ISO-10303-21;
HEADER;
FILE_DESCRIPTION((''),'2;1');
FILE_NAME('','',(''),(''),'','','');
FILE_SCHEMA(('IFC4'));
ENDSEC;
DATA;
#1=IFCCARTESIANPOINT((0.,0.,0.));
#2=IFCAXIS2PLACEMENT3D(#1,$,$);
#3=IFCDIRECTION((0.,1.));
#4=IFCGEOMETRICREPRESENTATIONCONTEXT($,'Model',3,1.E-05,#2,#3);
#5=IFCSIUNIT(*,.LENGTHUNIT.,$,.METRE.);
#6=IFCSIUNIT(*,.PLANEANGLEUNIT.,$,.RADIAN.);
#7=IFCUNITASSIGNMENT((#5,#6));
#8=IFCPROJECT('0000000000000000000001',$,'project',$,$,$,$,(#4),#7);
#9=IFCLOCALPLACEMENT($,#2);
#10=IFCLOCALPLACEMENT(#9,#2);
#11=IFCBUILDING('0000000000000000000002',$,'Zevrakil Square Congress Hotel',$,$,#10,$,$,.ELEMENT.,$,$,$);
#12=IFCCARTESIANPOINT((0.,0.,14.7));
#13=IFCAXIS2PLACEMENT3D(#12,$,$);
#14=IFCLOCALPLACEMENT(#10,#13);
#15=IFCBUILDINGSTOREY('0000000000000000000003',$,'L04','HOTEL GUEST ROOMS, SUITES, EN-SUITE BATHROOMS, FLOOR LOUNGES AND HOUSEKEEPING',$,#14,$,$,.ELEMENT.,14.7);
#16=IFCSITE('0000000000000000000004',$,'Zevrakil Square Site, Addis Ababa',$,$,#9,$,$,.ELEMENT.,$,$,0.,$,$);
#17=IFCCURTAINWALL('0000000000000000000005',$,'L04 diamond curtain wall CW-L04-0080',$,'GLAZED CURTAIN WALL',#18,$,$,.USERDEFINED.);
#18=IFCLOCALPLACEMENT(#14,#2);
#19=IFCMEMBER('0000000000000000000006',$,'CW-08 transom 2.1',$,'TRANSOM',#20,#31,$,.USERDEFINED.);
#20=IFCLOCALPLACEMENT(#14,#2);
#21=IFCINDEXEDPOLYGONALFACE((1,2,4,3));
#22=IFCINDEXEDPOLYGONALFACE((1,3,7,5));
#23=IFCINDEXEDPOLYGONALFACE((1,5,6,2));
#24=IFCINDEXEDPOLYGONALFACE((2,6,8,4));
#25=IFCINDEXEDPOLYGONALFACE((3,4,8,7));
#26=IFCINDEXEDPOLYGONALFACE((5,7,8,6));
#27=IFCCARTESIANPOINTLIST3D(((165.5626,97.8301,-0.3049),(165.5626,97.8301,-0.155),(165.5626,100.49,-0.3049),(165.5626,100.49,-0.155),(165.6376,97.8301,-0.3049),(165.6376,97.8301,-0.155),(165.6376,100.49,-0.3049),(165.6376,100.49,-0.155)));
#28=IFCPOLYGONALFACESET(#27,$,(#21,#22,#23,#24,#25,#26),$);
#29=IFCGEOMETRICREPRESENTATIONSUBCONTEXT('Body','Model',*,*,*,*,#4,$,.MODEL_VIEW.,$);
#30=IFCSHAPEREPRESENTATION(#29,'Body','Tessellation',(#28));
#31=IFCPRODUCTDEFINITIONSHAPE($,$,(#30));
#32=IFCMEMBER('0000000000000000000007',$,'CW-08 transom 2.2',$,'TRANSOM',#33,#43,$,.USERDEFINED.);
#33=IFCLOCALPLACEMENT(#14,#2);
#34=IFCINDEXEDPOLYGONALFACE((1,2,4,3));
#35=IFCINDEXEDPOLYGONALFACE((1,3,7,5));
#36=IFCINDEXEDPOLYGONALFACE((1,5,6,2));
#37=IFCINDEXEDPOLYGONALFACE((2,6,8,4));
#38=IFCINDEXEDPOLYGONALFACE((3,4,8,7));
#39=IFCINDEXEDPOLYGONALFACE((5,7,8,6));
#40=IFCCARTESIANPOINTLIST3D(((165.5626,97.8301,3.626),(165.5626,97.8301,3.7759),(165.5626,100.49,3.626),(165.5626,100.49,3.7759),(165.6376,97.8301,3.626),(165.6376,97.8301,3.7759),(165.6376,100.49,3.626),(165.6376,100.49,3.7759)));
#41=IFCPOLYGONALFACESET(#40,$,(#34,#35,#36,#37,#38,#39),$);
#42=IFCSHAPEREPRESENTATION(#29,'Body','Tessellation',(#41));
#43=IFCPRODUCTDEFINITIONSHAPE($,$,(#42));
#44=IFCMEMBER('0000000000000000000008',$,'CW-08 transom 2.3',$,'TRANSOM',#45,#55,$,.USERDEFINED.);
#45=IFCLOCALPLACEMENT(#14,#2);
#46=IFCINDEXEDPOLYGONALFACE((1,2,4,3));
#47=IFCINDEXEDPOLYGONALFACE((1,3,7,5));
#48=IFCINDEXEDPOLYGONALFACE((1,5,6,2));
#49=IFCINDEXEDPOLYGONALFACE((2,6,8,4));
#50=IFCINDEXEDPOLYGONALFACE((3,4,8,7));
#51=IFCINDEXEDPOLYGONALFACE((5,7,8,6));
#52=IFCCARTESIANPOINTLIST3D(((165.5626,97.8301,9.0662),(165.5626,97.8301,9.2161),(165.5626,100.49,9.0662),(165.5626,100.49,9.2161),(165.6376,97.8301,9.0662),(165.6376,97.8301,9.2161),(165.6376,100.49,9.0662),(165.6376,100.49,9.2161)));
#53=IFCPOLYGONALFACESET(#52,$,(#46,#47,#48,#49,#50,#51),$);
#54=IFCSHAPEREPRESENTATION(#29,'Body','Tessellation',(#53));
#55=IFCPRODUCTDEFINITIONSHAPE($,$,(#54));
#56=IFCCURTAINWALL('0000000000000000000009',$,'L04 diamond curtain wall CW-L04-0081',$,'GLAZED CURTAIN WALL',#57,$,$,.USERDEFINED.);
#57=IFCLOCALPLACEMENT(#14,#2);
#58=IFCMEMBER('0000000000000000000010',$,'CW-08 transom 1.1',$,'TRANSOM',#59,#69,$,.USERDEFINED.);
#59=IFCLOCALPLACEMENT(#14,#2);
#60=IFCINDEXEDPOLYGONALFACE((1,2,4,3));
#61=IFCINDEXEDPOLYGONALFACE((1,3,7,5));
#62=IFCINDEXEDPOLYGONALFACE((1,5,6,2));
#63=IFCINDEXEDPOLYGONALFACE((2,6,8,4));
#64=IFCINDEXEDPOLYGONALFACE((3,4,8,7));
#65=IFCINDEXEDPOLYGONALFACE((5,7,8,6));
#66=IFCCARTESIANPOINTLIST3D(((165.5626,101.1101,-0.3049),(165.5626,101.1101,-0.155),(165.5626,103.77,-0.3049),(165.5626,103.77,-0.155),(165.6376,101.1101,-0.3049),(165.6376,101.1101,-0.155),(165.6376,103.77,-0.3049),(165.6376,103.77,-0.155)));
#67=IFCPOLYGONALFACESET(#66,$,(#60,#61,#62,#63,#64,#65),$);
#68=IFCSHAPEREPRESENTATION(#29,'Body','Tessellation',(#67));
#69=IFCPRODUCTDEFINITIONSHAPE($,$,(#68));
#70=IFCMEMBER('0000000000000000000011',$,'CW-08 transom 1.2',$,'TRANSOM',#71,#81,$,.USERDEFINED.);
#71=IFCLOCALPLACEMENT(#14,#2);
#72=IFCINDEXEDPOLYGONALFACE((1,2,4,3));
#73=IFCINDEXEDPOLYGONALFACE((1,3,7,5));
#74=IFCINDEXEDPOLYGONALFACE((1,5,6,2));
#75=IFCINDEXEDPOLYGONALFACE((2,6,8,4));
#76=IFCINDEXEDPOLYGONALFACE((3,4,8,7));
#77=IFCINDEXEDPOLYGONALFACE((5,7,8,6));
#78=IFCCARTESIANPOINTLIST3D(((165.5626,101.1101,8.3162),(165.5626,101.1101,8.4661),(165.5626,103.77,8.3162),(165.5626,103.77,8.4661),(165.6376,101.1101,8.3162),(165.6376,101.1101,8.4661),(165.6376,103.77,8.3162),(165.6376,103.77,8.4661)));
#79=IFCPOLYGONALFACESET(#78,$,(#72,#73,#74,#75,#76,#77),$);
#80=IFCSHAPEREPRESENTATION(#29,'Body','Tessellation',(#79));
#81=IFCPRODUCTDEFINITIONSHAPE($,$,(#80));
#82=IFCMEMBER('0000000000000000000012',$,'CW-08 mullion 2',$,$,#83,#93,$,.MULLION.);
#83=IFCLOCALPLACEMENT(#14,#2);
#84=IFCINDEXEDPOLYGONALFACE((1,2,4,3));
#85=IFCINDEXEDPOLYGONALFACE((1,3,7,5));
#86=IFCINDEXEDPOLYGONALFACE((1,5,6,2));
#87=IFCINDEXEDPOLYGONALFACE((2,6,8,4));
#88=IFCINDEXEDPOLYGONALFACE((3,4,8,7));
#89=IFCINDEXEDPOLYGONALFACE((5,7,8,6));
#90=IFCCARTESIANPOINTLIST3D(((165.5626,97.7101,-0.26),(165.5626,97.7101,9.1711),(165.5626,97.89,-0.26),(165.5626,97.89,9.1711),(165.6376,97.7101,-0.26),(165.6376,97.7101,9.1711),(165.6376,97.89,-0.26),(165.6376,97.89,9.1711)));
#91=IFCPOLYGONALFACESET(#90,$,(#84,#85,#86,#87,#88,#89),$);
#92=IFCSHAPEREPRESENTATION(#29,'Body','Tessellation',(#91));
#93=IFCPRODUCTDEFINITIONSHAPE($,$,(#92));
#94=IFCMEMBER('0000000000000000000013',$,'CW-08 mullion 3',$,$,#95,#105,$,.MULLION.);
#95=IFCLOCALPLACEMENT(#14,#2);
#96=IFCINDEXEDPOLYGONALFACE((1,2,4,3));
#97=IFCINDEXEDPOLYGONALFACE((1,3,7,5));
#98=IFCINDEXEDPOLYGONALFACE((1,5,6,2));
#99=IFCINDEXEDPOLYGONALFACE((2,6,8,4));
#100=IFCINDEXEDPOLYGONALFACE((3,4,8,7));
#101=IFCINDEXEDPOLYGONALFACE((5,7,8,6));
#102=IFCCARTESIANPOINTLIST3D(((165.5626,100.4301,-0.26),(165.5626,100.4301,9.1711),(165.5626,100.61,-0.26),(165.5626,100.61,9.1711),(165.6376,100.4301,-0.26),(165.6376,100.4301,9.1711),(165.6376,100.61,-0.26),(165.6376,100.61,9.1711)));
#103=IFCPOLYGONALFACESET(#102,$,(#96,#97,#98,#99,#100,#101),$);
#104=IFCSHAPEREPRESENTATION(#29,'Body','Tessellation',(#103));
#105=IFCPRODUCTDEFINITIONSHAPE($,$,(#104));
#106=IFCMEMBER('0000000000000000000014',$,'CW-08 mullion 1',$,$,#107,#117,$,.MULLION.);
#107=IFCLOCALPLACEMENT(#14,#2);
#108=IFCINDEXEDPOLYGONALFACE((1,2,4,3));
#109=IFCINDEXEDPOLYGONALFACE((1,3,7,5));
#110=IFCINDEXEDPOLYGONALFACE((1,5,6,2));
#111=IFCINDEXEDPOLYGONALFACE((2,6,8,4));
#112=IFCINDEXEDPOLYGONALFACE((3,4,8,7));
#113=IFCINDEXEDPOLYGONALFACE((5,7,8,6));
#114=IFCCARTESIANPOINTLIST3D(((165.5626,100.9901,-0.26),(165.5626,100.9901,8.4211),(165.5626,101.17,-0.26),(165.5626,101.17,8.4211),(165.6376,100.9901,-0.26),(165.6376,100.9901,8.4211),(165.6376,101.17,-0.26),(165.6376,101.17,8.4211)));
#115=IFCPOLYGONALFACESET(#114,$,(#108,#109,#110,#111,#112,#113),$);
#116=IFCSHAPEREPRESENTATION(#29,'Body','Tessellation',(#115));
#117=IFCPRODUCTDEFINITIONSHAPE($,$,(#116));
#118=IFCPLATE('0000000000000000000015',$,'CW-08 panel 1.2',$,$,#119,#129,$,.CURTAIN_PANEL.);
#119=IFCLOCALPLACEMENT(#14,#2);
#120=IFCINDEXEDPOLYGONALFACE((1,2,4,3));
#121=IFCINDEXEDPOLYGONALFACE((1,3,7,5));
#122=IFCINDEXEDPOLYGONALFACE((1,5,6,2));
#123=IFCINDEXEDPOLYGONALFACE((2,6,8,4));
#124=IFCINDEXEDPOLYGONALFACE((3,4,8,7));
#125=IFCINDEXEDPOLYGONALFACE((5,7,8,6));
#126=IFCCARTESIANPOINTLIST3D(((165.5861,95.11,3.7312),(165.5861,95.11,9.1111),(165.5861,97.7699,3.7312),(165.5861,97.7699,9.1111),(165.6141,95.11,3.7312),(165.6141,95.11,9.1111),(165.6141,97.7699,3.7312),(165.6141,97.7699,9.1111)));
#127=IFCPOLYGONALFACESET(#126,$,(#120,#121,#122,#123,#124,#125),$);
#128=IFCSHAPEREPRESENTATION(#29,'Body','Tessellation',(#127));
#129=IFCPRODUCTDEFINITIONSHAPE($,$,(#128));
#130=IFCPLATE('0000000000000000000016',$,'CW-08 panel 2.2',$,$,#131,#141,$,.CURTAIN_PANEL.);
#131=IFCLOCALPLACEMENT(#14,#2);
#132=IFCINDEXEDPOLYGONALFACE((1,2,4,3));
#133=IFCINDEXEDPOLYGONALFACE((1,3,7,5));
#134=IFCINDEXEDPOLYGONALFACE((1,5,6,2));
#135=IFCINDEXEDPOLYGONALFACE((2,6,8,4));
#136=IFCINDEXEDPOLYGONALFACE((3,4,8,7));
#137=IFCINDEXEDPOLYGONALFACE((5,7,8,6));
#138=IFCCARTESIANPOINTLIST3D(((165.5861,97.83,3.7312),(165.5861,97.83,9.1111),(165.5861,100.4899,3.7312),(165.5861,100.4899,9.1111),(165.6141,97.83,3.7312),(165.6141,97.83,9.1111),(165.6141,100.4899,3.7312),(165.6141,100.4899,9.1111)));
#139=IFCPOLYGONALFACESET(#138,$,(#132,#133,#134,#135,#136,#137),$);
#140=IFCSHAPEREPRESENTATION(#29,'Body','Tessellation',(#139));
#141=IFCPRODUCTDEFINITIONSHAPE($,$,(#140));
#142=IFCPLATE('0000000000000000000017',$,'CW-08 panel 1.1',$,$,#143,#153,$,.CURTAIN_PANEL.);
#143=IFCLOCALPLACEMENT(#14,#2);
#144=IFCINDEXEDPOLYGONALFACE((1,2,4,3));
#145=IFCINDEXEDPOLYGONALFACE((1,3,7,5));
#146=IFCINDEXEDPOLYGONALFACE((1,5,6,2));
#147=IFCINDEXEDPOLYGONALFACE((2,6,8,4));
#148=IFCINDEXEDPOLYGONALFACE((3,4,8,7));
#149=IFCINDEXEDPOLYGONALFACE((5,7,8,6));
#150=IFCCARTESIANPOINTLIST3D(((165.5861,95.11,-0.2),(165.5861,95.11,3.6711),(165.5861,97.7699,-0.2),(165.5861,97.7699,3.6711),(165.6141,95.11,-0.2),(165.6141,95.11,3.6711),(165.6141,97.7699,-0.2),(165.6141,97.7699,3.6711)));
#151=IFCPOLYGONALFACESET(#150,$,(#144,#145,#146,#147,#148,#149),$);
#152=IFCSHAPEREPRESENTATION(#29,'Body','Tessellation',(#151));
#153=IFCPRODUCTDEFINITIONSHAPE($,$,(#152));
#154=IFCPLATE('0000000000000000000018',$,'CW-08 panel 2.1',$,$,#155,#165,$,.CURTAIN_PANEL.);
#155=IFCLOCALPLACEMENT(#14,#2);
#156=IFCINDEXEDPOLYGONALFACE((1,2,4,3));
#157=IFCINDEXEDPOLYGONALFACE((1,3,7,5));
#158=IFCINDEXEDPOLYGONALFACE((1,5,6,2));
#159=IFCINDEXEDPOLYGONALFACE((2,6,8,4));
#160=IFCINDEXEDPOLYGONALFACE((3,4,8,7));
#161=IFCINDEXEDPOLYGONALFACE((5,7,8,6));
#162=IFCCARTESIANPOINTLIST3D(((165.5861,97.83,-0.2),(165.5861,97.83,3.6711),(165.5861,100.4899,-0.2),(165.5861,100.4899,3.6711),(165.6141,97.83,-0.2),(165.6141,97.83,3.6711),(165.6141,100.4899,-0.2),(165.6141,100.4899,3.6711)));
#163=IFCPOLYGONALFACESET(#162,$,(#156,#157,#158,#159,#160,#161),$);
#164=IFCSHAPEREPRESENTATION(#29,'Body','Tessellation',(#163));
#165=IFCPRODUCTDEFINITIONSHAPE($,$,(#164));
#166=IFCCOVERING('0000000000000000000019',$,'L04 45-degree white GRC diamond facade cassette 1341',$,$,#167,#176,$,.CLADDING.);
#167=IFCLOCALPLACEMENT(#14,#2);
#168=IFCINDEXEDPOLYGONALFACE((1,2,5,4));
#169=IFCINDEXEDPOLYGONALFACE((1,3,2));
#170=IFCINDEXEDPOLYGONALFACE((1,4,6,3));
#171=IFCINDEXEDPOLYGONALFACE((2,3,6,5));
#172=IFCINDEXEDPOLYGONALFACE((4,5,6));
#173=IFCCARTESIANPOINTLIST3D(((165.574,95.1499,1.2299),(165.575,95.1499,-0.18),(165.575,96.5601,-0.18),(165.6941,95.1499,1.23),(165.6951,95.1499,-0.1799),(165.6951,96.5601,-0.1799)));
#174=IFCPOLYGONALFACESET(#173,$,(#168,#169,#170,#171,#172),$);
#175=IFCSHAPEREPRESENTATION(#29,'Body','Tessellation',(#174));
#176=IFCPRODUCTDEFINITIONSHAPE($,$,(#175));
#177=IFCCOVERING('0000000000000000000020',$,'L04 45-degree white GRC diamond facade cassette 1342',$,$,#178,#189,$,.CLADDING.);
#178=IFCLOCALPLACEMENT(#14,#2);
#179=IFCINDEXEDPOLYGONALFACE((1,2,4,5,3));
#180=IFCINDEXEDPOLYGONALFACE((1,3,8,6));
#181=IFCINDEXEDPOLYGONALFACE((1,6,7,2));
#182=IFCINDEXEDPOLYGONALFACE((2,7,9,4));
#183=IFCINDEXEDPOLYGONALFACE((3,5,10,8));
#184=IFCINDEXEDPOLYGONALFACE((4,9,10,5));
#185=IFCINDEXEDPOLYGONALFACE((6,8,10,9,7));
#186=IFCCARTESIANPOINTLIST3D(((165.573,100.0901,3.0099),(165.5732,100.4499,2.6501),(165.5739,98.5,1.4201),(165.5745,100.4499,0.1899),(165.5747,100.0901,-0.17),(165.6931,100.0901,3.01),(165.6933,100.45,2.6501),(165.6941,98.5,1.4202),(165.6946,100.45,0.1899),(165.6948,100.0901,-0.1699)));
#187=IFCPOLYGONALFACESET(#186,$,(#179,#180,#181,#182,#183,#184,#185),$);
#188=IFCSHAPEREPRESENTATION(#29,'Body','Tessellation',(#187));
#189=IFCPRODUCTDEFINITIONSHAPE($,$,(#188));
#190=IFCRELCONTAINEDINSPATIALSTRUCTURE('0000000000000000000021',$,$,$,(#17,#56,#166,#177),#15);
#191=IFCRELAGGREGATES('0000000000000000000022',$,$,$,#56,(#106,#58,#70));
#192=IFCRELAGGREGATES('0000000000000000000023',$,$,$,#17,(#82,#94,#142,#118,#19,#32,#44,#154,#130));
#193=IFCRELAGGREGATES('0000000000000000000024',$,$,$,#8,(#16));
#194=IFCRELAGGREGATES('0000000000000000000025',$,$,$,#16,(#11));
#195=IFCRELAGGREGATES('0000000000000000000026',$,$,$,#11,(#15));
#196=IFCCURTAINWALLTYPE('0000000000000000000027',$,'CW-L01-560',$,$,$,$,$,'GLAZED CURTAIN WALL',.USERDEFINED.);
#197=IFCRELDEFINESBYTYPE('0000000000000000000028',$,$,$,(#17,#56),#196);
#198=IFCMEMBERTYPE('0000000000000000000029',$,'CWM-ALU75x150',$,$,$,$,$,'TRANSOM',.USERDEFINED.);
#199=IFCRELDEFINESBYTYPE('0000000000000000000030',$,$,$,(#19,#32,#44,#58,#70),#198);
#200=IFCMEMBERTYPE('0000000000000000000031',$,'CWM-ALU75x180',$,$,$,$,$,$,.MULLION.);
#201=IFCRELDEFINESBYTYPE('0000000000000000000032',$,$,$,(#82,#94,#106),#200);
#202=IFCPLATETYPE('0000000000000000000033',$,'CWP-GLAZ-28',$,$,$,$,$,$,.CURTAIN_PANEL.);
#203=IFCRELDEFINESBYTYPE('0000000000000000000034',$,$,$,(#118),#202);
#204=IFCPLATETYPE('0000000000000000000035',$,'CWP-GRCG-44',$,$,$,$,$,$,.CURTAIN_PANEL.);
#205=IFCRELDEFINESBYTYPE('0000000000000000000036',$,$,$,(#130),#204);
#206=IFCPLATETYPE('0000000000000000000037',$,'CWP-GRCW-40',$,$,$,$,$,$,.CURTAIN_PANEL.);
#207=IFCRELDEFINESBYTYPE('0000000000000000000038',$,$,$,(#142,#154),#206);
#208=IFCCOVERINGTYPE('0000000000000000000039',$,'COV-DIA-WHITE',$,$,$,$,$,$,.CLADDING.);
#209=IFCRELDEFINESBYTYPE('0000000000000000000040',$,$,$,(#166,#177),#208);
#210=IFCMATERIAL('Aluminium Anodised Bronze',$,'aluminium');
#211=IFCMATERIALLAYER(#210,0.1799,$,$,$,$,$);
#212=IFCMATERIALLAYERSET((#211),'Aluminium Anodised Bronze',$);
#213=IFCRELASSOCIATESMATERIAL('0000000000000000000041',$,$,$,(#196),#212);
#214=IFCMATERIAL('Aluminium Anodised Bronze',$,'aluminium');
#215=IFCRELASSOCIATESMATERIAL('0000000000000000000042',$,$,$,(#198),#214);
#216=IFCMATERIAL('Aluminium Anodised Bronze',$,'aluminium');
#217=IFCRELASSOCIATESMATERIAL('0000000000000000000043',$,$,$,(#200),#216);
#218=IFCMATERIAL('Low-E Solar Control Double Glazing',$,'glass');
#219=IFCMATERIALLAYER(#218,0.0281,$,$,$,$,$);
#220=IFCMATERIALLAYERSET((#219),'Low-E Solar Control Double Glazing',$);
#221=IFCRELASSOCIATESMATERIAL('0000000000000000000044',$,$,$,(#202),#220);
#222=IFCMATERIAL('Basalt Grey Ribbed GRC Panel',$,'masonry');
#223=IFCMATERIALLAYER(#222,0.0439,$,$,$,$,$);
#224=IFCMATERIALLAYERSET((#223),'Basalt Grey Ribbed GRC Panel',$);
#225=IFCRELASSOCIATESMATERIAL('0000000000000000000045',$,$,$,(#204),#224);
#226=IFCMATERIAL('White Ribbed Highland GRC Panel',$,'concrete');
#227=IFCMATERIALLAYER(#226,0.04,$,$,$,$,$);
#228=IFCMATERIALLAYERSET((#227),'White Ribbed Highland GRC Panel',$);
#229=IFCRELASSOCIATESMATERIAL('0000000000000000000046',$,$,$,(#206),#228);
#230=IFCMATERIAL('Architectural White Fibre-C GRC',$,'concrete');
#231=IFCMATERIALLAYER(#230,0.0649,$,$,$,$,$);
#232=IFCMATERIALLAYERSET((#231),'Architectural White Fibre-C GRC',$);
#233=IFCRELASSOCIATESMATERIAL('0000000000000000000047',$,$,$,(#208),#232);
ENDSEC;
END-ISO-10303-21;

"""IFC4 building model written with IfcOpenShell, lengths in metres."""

from ifc_helpers import new_model, si_unit, direction, frame, origin, origin_2d, place, context, subcontext, project, spatial, polyline, rectangle, outline, extrude, material, layer, layer_set, material_profile, profile_set, type_object, element, aggregate, save


model = new_model("IFC4")

# Units and contexts
model_context = context("Model", 3, precision=1e-05, world=origin(), true_north=direction((0.0, 1.0)))
body_context = subcontext(model_context, "Body", "Model", "MODEL_VIEW")
ifc_project = project(units=[si_unit("LENGTHUNIT", "METRE"), si_unit("PLANEANGLEUNIT", "RADIAN")], contexts=[model_context])

# Site, building, storey
site_placement = place(None, origin())
site = spatial("IfcSite", under=ifc_project, at=site_placement, Name="Zevrakil Square Site, Addis Ababa", CompositionType="ELEMENT", RefElevation=0.0)
building_placement = place(site_placement, origin())
building = spatial("IfcBuilding", under=site, at=building_placement, Name="Zevrakil Square Congress Hotel", CompositionType="ELEMENT")
storey_placement = place(building_placement, frame((0.0, 0.0, 14.7)))
storey = spatial("IfcBuildingStorey", under=building, at=storey_placement, Name="L04", Description="HOTEL GUEST ROOMS, SUITES, EN-SUITE BATHROOMS, FLOOR LOUNGES AND HOUSEKEEPING", CompositionType="ELEMENT", Elevation=14.7)

# Curtain walls, members
ifc_material_1 = material(Name="Aluminium Anodised Bronze", Category="aluminium")
ifc_layer_1 = layer(ifc_material_1, 0.1799)
ifc_layer_set_1 = layer_set([ifc_layer_1], Name="Aluminium Anodised Bronze")
curtain_wall_type = type_object("IfcCurtainWallType", Name="CW-L01-560", ElementType="GLAZED CURTAIN WALL", PredefinedType="USERDEFINED", material=ifc_layer_set_1)
curtain_wall_1_placement = place(storey_placement, origin())
curtain_wall_1 = element("IfcCurtainWall", 1, at=curtain_wall_1_placement, inside=storey, type_object=curtain_wall_type, Name="L04 diamond curtain wall CW-L04-0080", ObjectType="GLAZED CURTAIN WALL", PredefinedType="USERDEFINED")
ifc_material_2 = material(Name="Aluminium Anodised Bronze", Category="aluminium")
ifc_material_profile_1 = material_profile(ifc_material_2, rectangle(XDim=0.075, YDim=0.1499, at=origin_2d()), Name="ALU 75x150")
ifc_profile_set_1 = profile_set([ifc_material_profile_1], Name="Aluminium Anodised Bronze")
member_type_1 = type_object("IfcMemberType", Name="CWM-ALU75x150", ElementType="TRANSOM", PredefinedType="USERDEFINED", material=ifc_profile_set_1)
member_1_placement = place(storey_placement, frame((165.6001, 97.8301, -0.23), z_axis=(0.0, 1.0, 0.0), x_axis=(-1.0, 0.0, 0.0)))
member_1 = element("IfcMember", 2, at=member_1_placement, type_object=member_type_1, Name="CW-08 transom 2.1", ObjectType="TRANSOM", PredefinedType="USERDEFINED", context=body_context, shape_type="SweptSolid", body=[
    extrude(rectangle(XDim=0.075, YDim=0.1499, at=origin_2d()), origin(), (0.0, 0.0, 1.0), 2.6599),
])
member_2_placement = place(storey_placement, frame((165.6001, 97.8301, 3.7009), z_axis=(0.0, 1.0, 0.0), x_axis=(-1.0, 0.0, 0.0)))
member_2 = element("IfcMember", 3, at=member_2_placement, type_object=member_type_1, Name="CW-08 transom 2.2", ObjectType="TRANSOM", PredefinedType="USERDEFINED", context=body_context, shape_type="SweptSolid", body=[
    extrude(rectangle(XDim=0.075, YDim=0.1499, at=origin_2d()), origin(), (0.0, 0.0, 1.0), 2.6599),
])
member_3_placement = place(storey_placement, frame((165.6001, 97.8301, 9.1411), z_axis=(0.0, 1.0, 0.0), x_axis=(-1.0, 0.0, 0.0)))
member_3 = element("IfcMember", 4, at=member_3_placement, type_object=member_type_1, Name="CW-08 transom 2.3", ObjectType="TRANSOM", PredefinedType="USERDEFINED", context=body_context, shape_type="SweptSolid", body=[
    extrude(rectangle(XDim=0.075, YDim=0.1499, at=origin_2d()), origin(), (0.0, 0.0, 1.0), 2.6599),
])
curtain_wall_2_placement = place(storey_placement, origin())
curtain_wall_2 = element("IfcCurtainWall", 5, at=curtain_wall_2_placement, inside=storey, type_object=curtain_wall_type, Name="L04 diamond curtain wall CW-L04-0081", ObjectType="GLAZED CURTAIN WALL", PredefinedType="USERDEFINED")
member_4_placement = place(storey_placement, frame((165.6001, 101.1101, -0.23), z_axis=(0.0, 1.0, 0.0), x_axis=(-1.0, 0.0, 0.0)))
member_4 = element("IfcMember", 6, at=member_4_placement, type_object=member_type_1, Name="CW-08 transom 1.1", ObjectType="TRANSOM", PredefinedType="USERDEFINED", context=body_context, shape_type="SweptSolid", body=[
    extrude(rectangle(XDim=0.075, YDim=0.1499, at=origin_2d()), origin(), (0.0, 0.0, 1.0), 2.6599),
])
member_5_placement = place(storey_placement, frame((165.6001, 101.1101, 8.3911), z_axis=(0.0, 1.0, 0.0), x_axis=(-1.0, 0.0, 0.0)))
member_5 = element("IfcMember", 7, at=member_5_placement, type_object=member_type_1, Name="CW-08 transom 1.2", ObjectType="TRANSOM", PredefinedType="USERDEFINED", context=body_context, shape_type="SweptSolid", body=[
    extrude(rectangle(XDim=0.075, YDim=0.1499, at=origin_2d()), origin(), (0.0, 0.0, 1.0), 2.6599),
])

# Members
ifc_material_3 = material(Name="Aluminium Anodised Bronze", Category="aluminium")
ifc_material_profile_2 = material_profile(ifc_material_3, rectangle(XDim=0.075, YDim=0.1799, at=origin_2d()), Name="ALU 75x180")
ifc_profile_set_2 = profile_set([ifc_material_profile_2], Name="Aluminium Anodised Bronze")
member_type_2 = type_object("IfcMemberType", Name="CWM-ALU75x180", PredefinedType="MULLION", material=ifc_profile_set_2)
member_6_placement = place(storey_placement, frame((165.6001, 97.8, -0.26), z_axis=(0.0, 0.0, 1.0), x_axis=(-1.0, 0.0, 0.0)))
member_6 = element("IfcMember", 8, at=member_6_placement, type_object=member_type_2, Name="CW-08 mullion 2", PredefinedType="MULLION", context=body_context, shape_type="SweptSolid", body=[
    extrude(rectangle(XDim=0.075, YDim=0.1799, at=origin_2d()), origin(), (0.0, 0.0, 1.0), 9.4312),
])
member_7_placement = place(storey_placement, frame((165.6001, 100.52, -0.26), z_axis=(0.0, 0.0, 1.0), x_axis=(-1.0, 0.0, 0.0)))
member_7 = element("IfcMember", 9, at=member_7_placement, type_object=member_type_2, Name="CW-08 mullion 3", PredefinedType="MULLION", context=body_context, shape_type="SweptSolid", body=[
    extrude(rectangle(XDim=0.075, YDim=0.1799, at=origin_2d()), origin(), (0.0, 0.0, 1.0), 9.4312),
])
member_8_placement = place(storey_placement, frame((165.6001, 101.0801, -0.26), z_axis=(0.0, 0.0, 1.0), x_axis=(-1.0, 0.0, 0.0)))
member_8 = element("IfcMember", 10, at=member_8_placement, type_object=member_type_2, Name="CW-08 mullion 1", PredefinedType="MULLION", context=body_context, shape_type="SweptSolid", body=[
    extrude(rectangle(XDim=0.075, YDim=0.1799, at=origin_2d()), origin(), (0.0, 0.0, 1.0), 8.6812),
])
aggregate(curtain_wall_2, [member_8, member_4, member_5])

# Plates
ifc_material_4 = material(Name="Low-E Solar Control Double Glazing", Category="glass")
ifc_layer_2 = layer(ifc_material_4, 0.0281)
ifc_layer_set_2 = layer_set([ifc_layer_2], Name="Low-E Solar Control Double Glazing")
plate_type_1 = type_object("IfcPlateType", Name="CWP-GLAZ-28", PredefinedType="CURTAIN_PANEL", material=ifc_layer_set_2)
plate_1_placement = place(storey_placement, frame((165.6001, 96.4399, 3.7312), z_axis=(0.0, 0.0, 1.0), x_axis=(0.0, 1.0, 0.0)))
plate_1 = element("IfcPlate", 11, at=plate_1_placement, type_object=plate_type_1, Name="CW-08 panel 1.2", PredefinedType="CURTAIN_PANEL", context=body_context, shape_type="SweptSolid", body=[
    extrude(rectangle(XDim=2.6599, YDim=0.0281, at=origin_2d()), origin(), (0.0, 0.0, 1.0), 5.3799),
])
ifc_material_5 = material(Name="Basalt Grey Ribbed GRC Panel", Category="masonry")
ifc_layer_3 = layer(ifc_material_5, 0.0439)
ifc_layer_set_3 = layer_set([ifc_layer_3], Name="Basalt Grey Ribbed GRC Panel")
plate_type_2 = type_object("IfcPlateType", Name="CWP-GRCG-44", PredefinedType="CURTAIN_PANEL", material=ifc_layer_set_3)
plate_2_placement = place(storey_placement, frame((165.6001, 99.1599, 3.7312), z_axis=(0.0, 0.0, 1.0), x_axis=(0.0, 1.0, 0.0)))
plate_2 = element("IfcPlate", 12, at=plate_2_placement, type_object=plate_type_2, Name="CW-08 panel 2.2", PredefinedType="CURTAIN_PANEL", context=body_context, shape_type="SweptSolid", body=[
    extrude(rectangle(XDim=2.6599, YDim=0.0281, at=origin_2d()), origin(), (0.0, 0.0, 1.0), 5.3799),
])
ifc_material_6 = material(Name="White Ribbed Highland GRC Panel", Category="concrete")
ifc_layer_4 = layer(ifc_material_6, 0.04)
ifc_layer_set_4 = layer_set([ifc_layer_4], Name="White Ribbed Highland GRC Panel")
plate_type_3 = type_object("IfcPlateType", Name="CWP-GRCW-40", PredefinedType="CURTAIN_PANEL", material=ifc_layer_set_4)
plate_3_placement = place(storey_placement, frame((165.6001, 96.4399, -0.2), z_axis=(0.0, 0.0, 1.0), x_axis=(0.0, 1.0, 0.0)))
plate_3 = element("IfcPlate", 13, at=plate_3_placement, type_object=plate_type_3, Name="CW-08 panel 1.1", PredefinedType="CURTAIN_PANEL", context=body_context, shape_type="SweptSolid", body=[
    extrude(rectangle(XDim=2.6599, YDim=0.0281, at=origin_2d()), origin(), (0.0, 0.0, 1.0), 3.8711),
])
plate_4_placement = place(storey_placement, frame((165.6001, 99.1599, -0.2), z_axis=(0.0, 0.0, 1.0), x_axis=(0.0, 1.0, 0.0)))
plate_4 = element("IfcPlate", 14, at=plate_4_placement, type_object=plate_type_3, Name="CW-08 panel 2.1", PredefinedType="CURTAIN_PANEL", context=body_context, shape_type="SweptSolid", body=[
    extrude(rectangle(XDim=2.6599, YDim=0.0281, at=origin_2d()), origin(), (0.0, 0.0, 1.0), 3.8711),
])
aggregate(curtain_wall_1, [member_6, member_7, plate_3, plate_1, member_1, member_2, member_3, plate_4, plate_2])

# Coverings
ifc_material_7 = material(Name="Architectural White Fibre-C GRC", Category="concrete")
ifc_layer_5 = layer(ifc_material_7, 0.0649)
ifc_layer_set_5 = layer_set([ifc_layer_5], Name="Architectural White Fibre-C GRC")
covering_type_1 = type_object("IfcCoveringType", Name="COV-DIA-WHITE", PredefinedType="CLADDING", material=ifc_layer_set_5)
covering_1_placement = place(storey_placement, frame((165.6951, 96.5601, -0.1799), z_axis=(1.0, 0.0, 0.000693), x_axis=(0.0, -1.0, 0.0)))
element("IfcCovering", 15, at=covering_1_placement, inside=storey, type_object=covering_type_1, Name="L04 45-degree white GRC diamond facade cassette 1341", PredefinedType="CLADDING", context=body_context, shape_type="SweptSolid", body=[
    extrude(outline(polyline([(0.0, 0.0), (1.4102, 0.0), (1.4102, -1.4099), (0.0, 0.0)])), origin(), (0.0, 0.0, -1.0), 0.1201),
])
covering_2_placement = place(storey_placement, frame((165.6948, 100.0901, -0.1699), z_axis=(1.0, 0.000055, 0.000532), x_axis=(-0.000338, -0.707107, 0.707107)))
element("IfcCovering", 16, at=covering_2_placement, inside=storey, type_object=covering_type_1, Name="L04 45-degree white GRC diamond facade cassette 1342", PredefinedType="CLADDING", context=body_context, shape_type="SweptSolid", body=[
    extrude(outline(polyline([(0.0, 0.0), (2.2487, 0.0), (2.2486, -2.2486), (1.7396, -2.2486), (0.0, -0.5089), (0.0, 0.0)])), origin(), (0.0, 0.0, -1.0), 0.1201),
])

save(model, "model.ifc")
